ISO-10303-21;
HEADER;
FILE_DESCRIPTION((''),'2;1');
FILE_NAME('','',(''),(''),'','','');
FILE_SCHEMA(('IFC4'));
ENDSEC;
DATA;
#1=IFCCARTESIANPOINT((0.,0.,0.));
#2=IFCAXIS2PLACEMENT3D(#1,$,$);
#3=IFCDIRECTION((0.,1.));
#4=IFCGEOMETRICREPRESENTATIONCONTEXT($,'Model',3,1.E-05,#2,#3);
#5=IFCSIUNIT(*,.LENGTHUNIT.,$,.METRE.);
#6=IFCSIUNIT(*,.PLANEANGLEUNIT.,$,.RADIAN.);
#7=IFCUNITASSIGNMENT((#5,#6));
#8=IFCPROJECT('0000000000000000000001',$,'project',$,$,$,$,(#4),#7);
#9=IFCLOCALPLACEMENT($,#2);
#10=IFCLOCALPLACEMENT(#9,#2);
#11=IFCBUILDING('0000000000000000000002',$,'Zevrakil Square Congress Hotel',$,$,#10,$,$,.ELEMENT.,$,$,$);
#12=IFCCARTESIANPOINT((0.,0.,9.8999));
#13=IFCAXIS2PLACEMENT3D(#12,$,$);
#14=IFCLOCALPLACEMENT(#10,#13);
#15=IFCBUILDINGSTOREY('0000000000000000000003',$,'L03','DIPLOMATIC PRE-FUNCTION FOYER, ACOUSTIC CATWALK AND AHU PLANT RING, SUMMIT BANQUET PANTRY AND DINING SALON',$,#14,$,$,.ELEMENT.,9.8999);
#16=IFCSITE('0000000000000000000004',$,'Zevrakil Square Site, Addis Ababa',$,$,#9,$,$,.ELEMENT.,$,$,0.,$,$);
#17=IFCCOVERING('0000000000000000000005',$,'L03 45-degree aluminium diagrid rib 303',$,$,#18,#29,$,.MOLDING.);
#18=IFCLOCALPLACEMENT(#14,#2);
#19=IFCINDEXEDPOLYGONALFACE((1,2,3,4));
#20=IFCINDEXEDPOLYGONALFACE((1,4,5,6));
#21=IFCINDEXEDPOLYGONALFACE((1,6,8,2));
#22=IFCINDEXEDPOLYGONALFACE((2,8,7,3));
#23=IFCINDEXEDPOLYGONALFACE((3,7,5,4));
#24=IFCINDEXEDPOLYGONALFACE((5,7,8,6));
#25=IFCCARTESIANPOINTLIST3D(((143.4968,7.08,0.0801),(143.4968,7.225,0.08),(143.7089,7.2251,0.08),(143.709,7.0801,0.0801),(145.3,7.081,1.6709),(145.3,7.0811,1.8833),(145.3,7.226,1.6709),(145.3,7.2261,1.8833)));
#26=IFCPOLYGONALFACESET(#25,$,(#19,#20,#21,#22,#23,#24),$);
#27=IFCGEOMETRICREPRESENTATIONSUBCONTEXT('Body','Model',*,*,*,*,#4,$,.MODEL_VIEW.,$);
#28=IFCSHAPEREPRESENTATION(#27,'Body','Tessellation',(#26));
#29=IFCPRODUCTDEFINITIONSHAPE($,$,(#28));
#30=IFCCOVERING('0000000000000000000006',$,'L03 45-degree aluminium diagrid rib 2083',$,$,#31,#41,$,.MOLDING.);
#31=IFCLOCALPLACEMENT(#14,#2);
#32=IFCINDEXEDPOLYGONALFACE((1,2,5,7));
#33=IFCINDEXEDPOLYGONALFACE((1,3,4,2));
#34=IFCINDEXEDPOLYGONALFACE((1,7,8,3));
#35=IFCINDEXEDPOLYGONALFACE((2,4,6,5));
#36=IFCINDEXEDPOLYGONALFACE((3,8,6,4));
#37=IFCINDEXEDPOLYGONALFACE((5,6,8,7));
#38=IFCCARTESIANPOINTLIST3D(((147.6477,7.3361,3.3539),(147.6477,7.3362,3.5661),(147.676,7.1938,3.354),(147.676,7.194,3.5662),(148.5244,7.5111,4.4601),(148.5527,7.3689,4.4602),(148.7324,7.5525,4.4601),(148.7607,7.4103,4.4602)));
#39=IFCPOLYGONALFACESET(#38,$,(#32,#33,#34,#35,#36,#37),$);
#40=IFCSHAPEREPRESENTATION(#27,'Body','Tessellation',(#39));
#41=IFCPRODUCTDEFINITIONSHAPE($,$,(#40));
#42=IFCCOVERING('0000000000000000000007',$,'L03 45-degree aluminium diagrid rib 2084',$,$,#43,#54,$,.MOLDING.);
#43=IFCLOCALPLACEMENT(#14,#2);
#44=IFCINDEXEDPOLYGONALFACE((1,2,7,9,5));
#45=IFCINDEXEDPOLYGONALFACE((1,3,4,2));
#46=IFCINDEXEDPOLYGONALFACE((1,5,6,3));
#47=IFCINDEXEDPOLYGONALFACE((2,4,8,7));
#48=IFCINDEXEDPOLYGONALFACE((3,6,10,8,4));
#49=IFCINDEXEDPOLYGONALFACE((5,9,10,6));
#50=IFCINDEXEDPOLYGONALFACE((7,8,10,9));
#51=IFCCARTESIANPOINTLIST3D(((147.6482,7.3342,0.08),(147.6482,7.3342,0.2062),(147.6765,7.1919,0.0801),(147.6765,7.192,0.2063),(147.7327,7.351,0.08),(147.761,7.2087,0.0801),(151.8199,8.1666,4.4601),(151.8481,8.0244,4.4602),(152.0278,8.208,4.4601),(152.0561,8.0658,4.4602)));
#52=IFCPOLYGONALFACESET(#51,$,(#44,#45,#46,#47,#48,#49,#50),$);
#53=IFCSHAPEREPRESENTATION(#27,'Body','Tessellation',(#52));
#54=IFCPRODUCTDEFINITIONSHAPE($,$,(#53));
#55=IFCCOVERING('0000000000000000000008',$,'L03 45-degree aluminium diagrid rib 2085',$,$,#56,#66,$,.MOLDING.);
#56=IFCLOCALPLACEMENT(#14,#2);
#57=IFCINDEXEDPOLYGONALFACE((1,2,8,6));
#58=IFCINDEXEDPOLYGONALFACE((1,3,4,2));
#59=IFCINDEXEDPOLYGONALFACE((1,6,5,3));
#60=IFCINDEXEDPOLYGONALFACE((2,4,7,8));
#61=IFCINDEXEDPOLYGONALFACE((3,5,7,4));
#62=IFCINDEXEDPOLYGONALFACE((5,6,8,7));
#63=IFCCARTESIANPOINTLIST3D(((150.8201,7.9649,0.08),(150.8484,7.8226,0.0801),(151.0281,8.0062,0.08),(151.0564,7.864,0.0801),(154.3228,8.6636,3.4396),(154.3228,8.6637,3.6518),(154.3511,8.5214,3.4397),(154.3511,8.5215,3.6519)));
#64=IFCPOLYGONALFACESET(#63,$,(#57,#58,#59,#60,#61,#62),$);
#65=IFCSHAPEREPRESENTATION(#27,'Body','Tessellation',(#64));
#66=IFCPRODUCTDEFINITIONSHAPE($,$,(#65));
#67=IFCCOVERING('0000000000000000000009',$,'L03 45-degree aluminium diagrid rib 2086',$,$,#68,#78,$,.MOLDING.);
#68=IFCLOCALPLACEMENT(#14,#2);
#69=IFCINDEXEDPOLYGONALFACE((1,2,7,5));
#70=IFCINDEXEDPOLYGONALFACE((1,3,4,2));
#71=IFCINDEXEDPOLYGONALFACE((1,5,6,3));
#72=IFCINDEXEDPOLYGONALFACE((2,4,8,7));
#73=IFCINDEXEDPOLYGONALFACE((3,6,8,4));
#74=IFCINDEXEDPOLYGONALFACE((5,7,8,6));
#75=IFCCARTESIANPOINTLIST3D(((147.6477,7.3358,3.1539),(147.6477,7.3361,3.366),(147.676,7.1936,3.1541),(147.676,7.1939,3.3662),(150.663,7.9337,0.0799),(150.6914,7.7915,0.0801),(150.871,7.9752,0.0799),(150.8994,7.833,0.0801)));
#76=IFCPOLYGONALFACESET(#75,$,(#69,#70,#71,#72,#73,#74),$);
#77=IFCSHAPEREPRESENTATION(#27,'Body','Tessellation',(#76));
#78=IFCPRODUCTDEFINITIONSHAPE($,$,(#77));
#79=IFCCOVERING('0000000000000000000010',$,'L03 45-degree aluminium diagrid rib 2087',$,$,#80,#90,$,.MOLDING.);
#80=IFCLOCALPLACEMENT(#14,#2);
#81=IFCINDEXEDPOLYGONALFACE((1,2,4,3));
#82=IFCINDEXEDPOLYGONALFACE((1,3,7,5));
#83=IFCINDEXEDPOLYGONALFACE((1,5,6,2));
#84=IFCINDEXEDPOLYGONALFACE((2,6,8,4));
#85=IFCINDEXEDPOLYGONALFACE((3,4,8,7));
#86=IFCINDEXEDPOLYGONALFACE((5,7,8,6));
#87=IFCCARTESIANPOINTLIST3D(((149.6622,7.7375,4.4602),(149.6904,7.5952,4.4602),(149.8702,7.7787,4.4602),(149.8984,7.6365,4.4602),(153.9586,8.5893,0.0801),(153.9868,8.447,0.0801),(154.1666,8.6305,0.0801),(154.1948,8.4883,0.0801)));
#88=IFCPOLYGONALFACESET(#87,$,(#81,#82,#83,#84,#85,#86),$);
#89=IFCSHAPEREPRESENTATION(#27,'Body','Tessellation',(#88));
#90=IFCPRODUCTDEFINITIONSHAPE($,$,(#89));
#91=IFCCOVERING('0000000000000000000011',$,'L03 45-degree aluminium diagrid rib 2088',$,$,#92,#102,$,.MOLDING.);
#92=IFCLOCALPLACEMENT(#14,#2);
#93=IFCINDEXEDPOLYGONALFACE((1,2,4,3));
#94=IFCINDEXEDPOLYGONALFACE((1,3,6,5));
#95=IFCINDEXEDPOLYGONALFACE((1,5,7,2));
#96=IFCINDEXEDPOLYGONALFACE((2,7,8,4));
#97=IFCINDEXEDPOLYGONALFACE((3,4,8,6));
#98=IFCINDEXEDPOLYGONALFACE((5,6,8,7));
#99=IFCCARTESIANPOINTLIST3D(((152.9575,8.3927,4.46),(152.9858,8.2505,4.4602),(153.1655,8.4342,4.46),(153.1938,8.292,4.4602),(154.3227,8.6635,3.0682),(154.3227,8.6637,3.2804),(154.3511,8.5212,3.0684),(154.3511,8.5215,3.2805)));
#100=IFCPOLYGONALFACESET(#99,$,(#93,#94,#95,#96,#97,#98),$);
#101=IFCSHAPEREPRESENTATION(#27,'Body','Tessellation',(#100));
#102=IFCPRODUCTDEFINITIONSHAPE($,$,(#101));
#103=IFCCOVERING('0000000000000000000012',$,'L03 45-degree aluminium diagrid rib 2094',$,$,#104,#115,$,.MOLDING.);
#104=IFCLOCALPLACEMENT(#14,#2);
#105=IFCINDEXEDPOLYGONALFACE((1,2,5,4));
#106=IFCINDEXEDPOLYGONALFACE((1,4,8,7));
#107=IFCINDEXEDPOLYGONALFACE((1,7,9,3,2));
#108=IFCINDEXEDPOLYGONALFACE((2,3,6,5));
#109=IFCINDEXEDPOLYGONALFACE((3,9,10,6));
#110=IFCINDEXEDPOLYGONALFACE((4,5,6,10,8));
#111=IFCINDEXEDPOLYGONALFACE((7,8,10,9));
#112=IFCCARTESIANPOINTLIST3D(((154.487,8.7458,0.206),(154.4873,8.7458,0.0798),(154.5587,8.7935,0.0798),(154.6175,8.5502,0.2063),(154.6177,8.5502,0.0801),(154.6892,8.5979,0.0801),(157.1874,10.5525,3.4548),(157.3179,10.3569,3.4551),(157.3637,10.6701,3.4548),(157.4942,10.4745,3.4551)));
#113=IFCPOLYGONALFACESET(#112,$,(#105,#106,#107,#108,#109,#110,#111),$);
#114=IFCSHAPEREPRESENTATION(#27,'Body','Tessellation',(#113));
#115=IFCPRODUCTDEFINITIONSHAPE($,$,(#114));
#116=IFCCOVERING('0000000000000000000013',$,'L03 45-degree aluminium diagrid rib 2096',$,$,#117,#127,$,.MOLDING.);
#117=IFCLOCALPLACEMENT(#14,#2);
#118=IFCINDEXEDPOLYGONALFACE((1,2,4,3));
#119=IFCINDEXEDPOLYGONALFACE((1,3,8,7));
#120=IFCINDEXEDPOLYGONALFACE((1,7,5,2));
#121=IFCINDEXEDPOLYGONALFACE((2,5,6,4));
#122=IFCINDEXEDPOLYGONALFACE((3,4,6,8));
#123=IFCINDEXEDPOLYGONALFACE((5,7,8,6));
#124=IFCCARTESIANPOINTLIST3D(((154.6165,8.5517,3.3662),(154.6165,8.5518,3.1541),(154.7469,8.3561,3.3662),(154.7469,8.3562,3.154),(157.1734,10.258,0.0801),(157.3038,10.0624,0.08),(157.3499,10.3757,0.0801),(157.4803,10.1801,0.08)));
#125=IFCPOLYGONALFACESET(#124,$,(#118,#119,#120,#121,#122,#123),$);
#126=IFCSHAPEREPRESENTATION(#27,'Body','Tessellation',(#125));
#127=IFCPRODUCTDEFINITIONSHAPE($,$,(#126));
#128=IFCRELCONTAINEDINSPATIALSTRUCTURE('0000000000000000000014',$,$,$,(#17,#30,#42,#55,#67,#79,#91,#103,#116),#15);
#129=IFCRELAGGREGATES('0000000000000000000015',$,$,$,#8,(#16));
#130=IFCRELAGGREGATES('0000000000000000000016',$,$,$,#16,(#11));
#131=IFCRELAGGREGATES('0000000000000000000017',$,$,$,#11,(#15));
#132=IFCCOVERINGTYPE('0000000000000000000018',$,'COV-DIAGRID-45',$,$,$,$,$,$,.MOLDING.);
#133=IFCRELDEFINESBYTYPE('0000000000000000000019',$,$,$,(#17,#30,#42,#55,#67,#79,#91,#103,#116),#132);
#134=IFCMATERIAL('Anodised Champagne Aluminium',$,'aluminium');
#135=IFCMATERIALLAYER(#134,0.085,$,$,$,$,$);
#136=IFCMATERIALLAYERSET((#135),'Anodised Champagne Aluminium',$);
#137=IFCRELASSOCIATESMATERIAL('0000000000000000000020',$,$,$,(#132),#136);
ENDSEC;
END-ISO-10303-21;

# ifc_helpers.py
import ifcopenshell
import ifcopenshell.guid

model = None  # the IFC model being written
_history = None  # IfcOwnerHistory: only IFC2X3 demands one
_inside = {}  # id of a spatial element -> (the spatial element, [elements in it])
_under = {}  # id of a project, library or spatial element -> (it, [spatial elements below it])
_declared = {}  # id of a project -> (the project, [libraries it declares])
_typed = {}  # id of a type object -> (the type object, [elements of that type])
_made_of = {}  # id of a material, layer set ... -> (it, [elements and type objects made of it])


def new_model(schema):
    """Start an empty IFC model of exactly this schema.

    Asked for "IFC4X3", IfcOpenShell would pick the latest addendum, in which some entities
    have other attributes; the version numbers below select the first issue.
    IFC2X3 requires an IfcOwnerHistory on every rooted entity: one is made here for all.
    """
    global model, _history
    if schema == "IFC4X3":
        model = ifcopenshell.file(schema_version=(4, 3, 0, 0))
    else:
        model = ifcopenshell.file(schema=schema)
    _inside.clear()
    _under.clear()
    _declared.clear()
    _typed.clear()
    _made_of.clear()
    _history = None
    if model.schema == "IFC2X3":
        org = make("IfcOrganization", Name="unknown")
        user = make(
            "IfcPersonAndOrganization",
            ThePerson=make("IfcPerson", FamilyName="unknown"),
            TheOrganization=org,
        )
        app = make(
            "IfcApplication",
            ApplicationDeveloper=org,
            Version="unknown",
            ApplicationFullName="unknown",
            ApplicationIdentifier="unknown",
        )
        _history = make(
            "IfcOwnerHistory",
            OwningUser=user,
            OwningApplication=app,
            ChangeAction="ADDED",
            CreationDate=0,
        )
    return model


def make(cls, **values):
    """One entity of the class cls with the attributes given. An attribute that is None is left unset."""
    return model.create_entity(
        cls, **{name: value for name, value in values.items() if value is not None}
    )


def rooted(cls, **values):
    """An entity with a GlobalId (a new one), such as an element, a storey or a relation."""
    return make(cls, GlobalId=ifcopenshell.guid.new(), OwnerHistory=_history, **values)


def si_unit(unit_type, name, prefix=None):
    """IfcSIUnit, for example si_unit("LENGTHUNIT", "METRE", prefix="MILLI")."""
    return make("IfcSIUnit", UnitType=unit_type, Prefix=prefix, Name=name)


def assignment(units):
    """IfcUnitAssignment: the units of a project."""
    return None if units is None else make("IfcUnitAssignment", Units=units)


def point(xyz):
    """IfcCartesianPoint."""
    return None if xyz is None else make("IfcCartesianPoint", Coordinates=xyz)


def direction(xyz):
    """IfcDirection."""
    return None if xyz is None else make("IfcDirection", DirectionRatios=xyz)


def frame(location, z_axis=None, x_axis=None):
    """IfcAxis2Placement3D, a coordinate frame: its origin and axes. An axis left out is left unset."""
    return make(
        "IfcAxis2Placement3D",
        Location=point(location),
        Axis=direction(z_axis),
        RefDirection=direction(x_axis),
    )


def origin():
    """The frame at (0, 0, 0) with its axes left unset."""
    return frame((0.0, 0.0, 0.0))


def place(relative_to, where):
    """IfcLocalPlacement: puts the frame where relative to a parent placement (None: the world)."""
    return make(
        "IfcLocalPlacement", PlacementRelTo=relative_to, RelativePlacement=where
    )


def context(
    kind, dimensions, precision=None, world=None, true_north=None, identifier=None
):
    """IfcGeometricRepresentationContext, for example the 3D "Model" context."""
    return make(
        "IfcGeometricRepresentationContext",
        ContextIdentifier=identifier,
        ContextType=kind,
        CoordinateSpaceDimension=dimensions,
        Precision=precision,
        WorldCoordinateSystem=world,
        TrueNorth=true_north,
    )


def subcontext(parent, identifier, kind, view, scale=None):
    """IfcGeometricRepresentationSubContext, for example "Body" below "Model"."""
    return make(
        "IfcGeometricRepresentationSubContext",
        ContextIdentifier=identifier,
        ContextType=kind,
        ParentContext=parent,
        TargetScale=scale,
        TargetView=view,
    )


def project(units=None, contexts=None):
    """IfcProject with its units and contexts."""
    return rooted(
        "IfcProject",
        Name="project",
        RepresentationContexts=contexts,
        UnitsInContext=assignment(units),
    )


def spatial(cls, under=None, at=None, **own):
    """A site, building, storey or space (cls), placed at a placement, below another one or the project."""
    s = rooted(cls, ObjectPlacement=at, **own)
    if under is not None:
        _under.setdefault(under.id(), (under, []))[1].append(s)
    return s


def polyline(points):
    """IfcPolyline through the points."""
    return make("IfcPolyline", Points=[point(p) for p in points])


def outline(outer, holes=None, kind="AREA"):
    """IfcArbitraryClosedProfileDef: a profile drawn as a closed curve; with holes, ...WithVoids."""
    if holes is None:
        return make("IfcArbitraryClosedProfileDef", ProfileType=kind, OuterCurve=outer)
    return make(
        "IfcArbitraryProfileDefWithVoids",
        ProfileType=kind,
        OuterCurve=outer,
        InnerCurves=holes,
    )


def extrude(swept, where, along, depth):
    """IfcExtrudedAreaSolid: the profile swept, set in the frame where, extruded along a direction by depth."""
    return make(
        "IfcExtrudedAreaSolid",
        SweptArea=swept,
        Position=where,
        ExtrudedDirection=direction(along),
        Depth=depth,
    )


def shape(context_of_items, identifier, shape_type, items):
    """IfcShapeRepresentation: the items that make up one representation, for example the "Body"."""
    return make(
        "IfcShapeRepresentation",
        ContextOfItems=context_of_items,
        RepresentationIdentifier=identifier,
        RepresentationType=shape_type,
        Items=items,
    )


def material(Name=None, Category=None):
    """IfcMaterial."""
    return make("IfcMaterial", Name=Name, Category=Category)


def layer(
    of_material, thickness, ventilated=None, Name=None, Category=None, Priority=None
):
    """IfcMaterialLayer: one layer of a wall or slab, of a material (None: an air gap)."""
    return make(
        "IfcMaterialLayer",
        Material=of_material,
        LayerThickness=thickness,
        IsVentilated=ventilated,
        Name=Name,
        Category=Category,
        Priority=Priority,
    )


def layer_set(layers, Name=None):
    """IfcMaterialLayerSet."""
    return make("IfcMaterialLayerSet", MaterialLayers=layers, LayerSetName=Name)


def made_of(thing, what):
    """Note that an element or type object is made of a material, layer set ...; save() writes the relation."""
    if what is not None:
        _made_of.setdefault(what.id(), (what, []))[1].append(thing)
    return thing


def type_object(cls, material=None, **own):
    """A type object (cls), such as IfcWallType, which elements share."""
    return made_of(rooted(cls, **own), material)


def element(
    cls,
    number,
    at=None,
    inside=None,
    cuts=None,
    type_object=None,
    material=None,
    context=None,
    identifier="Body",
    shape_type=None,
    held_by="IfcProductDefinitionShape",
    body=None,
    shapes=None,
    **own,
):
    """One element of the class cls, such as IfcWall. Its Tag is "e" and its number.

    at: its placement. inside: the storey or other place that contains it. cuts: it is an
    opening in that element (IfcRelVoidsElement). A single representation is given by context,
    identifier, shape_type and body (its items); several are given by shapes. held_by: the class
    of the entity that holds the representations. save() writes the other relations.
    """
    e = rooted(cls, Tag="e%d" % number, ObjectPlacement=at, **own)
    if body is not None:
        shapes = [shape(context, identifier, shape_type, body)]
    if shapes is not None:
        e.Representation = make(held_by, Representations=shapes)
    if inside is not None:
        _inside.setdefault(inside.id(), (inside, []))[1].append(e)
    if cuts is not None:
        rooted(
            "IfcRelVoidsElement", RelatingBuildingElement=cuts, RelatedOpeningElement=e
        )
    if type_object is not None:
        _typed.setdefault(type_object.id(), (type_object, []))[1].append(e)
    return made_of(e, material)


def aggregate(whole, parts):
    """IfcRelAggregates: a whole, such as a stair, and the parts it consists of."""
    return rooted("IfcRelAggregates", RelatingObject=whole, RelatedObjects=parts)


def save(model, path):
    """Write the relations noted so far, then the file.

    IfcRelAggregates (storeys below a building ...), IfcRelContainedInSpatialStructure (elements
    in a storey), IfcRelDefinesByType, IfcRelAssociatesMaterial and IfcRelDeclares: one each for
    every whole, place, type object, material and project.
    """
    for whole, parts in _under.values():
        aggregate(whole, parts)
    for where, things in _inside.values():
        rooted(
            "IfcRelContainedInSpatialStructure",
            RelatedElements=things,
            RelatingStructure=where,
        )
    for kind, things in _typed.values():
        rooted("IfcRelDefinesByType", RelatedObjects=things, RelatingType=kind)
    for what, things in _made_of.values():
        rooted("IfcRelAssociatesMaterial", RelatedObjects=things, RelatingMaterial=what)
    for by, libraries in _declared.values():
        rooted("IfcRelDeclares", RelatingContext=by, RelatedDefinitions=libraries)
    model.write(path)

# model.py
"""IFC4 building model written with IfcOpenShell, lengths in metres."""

from ifc_helpers import new_model, si_unit, direction, frame, origin, place, context, subcontext, project, spatial, polyline, outline, extrude, material, layer, layer_set, type_object, element, save


model = new_model("IFC4")

# Units and contexts
model_context = context("Model", 3, precision=1e-05, world=origin(), true_north=direction((0.0, 1.0)))
body_context = subcontext(model_context, "Body", "Model", "MODEL_VIEW")
ifc_project = project(units=[si_unit("LENGTHUNIT", "METRE"), si_unit("PLANEANGLEUNIT", "RADIAN")], contexts=[model_context])

# Site, building, storey
site_placement = place(None, origin())
site = spatial("IfcSite", under=ifc_project, at=site_placement, Name="Zevrakil Square Site, Addis Ababa", CompositionType="ELEMENT", RefElevation=0.0)
building_placement = place(site_placement, origin())
building = spatial("IfcBuilding", under=site, at=building_placement, Name="Zevrakil Square Congress Hotel", CompositionType="ELEMENT")
storey_placement = place(building_placement, frame((0.0, 0.0, 9.8999)))
storey = spatial("IfcBuildingStorey", under=building, at=storey_placement, Name="L03", Description="DIPLOMATIC PRE-FUNCTION FOYER, ACOUSTIC CATWALK AND AHU PLANT RING, SUMMIT BANQUET PANTRY AND DINING SALON", CompositionType="ELEMENT", Elevation=9.8999)

# Coverings
ifc_material_1 = material(Name="Anodised Champagne Aluminium", Category="aluminium")
ifc_layer_1 = layer(ifc_material_1, 0.085)
ifc_layer_set_1 = layer_set([ifc_layer_1], Name="Anodised Champagne Aluminium")
covering_type_1 = type_object("IfcCoveringType", Name="COV-DIAGRID-45", PredefinedType="MOLDING", material=ifc_layer_set_1)
covering_1_placement = place(storey_placement, frame((143.709, 7.0801, 0.0801), z_axis=(0.000288, -1.0, 0.000288), x_axis=(-1.0, -0.000288, 0.0)))
element("IfcCovering", 1, at=covering_1_placement, inside=storey, type_object=covering_type_1, Name="L03 45-degree aluminium diagrid rib 303", PredefinedType="MOLDING", context=body_context, shape_type="SweptSolid", body=[
    extrude(outline(polyline([(0.0, 0.0), (0.2122, 0.0), (-1.5911, -1.8032), (-1.5911, -1.5908), (0.0, 0.0)])), origin(), (0.0, 0.0, -1.0), 0.145),
])
covering_2_placement = place(storey_placement, frame((147.676, 7.1938, 3.354), z_axis=(0.195118, -0.98078, 0.000563), x_axis=(-0.00011, 0.000552, 1.0)))
element("IfcCovering", 2, at=covering_2_placement, inside=storey, type_object=covering_type_1, Name="L03 45-degree aluminium diagrid rib 2083", PredefinedType="MOLDING", context=body_context, shape_type="SweptSolid", body=[
    extrude(outline(polyline([(0.0, 0.0), (0.2122, 0.0), (1.1062, -0.894), (1.1062, -1.1061), (0.0, 0.0)])), origin(), (0.0, 0.0, -1.0), 0.145),
])
covering_3_placement = place(storey_placement, frame((147.761, 7.2087, 0.0801), z_axis=(0.195104, -0.980782, 0.000587), x_axis=(-0.980782, -0.195104, 0.0)))
element("IfcCovering", 3, at=covering_3_placement, inside=storey, type_object=covering_type_1, Name="L03 45-degree aluminium diagrid rib 2084", PredefinedType="MOLDING", context=body_context, shape_type="SweptSolid", body=[
    extrude(outline(polyline([(0.0, 0.0), (0.0861, 0.0), (0.0861, -0.1262), (-4.1678, -4.3801), (-4.3798, -4.3801), (0.0, 0.0)])), origin(), (0.0, 0.0, -1.0), 0.145),
])
covering_4_placement = place(storey_placement, frame((151.0564, 7.864, 0.0801), z_axis=(0.195114, -0.98078, 0.000559), x_axis=(-0.980781, -0.195114, 0.0)))
element("IfcCovering", 4, at=covering_4_placement, inside=storey, type_object=covering_type_1, Name="L03 45-degree aluminium diagrid rib 2085", PredefinedType="MOLDING", context=body_context, shape_type="SweptSolid", body=[
    extrude(outline(polyline([(0.0, 0.0), (0.2121, 0.0), (-3.3596, -3.5718), (-3.3596, -3.3596), (0.0, 0.0)])), origin(), (0.0, 0.0, -1.0), 0.145),
])
covering_5_placement = place(storey_placement, frame((147.676, 7.1936, 3.1541), z_axis=(0.19564, -0.980675, 0.001163), x_axis=(-0.000007, 0.001184, 0.999999)))
element("IfcCovering", 5, at=covering_5_placement, inside=storey, type_object=covering_type_1, Name="L03 45-degree aluminium diagrid rib 2086", PredefinedType="MOLDING", context=body_context, shape_type="SweptSolid", body=[
    extrude(outline(polyline([(0.0, 0.0), (0.2122, 0.0), (-3.0732, -3.2869), (-3.0733, -3.0748), (0.0, 0.0)])), origin(), (0.0, 0.0, -1.0), 0.145),
])
covering_6_placement = place(storey_placement, frame((149.6904, 7.5952, 4.4602), z_axis=(0.194566, -0.980889, 0.000092), x_axis=(0.980889, 0.194566, 0.0)))
element("IfcCovering", 6, at=covering_6_placement, inside=storey, type_object=covering_type_1, Name="L03 45-degree aluminium diagrid rib 2087", PredefinedType="MOLDING", context=body_context, shape_type="SweptSolid", body=[
    extrude(outline(polyline([(0.0, 0.0), (0.2121, 0.0), (4.5921, -4.3801), (4.38, -4.3801), (0.0, 0.0)])), origin(), (0.0, 0.0, -1.0), 0.145),
])
covering_7_placement = place(storey_placement, frame((152.9858, 8.2505, 4.4602), z_axis=(0.195654, -0.980672, 0.001148), x_axis=(0.980673, 0.195654, 0.0)))
element("IfcCovering", 7, at=covering_7_placement, inside=storey, type_object=covering_type_1, Name="L03 45-degree aluminium diagrid rib 2088", PredefinedType="MOLDING", context=body_context, shape_type="SweptSolid", body=[
    extrude(outline(polyline([(0.0, 0.0), (0.2121, 0.0), (1.3919, -1.1797), (1.3918, -1.3918), (0.0, 0.0)])), origin(), (0.0, 0.0, -1.0), 0.145),
])
covering_8_placement = place(storey_placement, frame((154.6892, 8.5979, 0.0801), z_axis=(0.554967, -0.831871, 0.001314), x_axis=(-0.831872, -0.554968, 0.000001)))
element("IfcCovering", 8, at=covering_8_placement, inside=storey, type_object=covering_type_1, Name="L03 45-degree aluminium diagrid rib 2094", PredefinedType="MOLDING", context=body_context, shape_type="SweptSolid", body=[
    extrude(outline(polyline([(0.0, 0.0), (0.0859, 0.0), (0.0861, -0.1262), (-3.1629, -3.375), (-3.3749, -3.375), (0.0, 0.0)])), origin(), (0.0, 0.0, -1.0), 0.2351),
])
covering_9_placement = place(storey_placement, frame((154.6165, 8.5518, 3.1541), z_axis=(-0.554886, 0.831926, 0.000224), x_axis=(0.000124, -0.000186, 1.0)))
element("IfcCovering", 9, at=covering_9_placement, inside=storey, type_object=covering_type_1, Name="L03 45-degree aluminium diagrid rib 2096", PredefinedType="MOLDING", context=body_context, shape_type="SweptSolid", body=[
    extrude(outline(polyline([(0.0, 0.0), (0.2122, 0.0), (-3.074, 3.2861), (-3.074, 3.0739), (0.0, 0.0)])), origin(), (0.0, 0.0, -1.0), 0.2351),
])

save(model, "model.ifc")
